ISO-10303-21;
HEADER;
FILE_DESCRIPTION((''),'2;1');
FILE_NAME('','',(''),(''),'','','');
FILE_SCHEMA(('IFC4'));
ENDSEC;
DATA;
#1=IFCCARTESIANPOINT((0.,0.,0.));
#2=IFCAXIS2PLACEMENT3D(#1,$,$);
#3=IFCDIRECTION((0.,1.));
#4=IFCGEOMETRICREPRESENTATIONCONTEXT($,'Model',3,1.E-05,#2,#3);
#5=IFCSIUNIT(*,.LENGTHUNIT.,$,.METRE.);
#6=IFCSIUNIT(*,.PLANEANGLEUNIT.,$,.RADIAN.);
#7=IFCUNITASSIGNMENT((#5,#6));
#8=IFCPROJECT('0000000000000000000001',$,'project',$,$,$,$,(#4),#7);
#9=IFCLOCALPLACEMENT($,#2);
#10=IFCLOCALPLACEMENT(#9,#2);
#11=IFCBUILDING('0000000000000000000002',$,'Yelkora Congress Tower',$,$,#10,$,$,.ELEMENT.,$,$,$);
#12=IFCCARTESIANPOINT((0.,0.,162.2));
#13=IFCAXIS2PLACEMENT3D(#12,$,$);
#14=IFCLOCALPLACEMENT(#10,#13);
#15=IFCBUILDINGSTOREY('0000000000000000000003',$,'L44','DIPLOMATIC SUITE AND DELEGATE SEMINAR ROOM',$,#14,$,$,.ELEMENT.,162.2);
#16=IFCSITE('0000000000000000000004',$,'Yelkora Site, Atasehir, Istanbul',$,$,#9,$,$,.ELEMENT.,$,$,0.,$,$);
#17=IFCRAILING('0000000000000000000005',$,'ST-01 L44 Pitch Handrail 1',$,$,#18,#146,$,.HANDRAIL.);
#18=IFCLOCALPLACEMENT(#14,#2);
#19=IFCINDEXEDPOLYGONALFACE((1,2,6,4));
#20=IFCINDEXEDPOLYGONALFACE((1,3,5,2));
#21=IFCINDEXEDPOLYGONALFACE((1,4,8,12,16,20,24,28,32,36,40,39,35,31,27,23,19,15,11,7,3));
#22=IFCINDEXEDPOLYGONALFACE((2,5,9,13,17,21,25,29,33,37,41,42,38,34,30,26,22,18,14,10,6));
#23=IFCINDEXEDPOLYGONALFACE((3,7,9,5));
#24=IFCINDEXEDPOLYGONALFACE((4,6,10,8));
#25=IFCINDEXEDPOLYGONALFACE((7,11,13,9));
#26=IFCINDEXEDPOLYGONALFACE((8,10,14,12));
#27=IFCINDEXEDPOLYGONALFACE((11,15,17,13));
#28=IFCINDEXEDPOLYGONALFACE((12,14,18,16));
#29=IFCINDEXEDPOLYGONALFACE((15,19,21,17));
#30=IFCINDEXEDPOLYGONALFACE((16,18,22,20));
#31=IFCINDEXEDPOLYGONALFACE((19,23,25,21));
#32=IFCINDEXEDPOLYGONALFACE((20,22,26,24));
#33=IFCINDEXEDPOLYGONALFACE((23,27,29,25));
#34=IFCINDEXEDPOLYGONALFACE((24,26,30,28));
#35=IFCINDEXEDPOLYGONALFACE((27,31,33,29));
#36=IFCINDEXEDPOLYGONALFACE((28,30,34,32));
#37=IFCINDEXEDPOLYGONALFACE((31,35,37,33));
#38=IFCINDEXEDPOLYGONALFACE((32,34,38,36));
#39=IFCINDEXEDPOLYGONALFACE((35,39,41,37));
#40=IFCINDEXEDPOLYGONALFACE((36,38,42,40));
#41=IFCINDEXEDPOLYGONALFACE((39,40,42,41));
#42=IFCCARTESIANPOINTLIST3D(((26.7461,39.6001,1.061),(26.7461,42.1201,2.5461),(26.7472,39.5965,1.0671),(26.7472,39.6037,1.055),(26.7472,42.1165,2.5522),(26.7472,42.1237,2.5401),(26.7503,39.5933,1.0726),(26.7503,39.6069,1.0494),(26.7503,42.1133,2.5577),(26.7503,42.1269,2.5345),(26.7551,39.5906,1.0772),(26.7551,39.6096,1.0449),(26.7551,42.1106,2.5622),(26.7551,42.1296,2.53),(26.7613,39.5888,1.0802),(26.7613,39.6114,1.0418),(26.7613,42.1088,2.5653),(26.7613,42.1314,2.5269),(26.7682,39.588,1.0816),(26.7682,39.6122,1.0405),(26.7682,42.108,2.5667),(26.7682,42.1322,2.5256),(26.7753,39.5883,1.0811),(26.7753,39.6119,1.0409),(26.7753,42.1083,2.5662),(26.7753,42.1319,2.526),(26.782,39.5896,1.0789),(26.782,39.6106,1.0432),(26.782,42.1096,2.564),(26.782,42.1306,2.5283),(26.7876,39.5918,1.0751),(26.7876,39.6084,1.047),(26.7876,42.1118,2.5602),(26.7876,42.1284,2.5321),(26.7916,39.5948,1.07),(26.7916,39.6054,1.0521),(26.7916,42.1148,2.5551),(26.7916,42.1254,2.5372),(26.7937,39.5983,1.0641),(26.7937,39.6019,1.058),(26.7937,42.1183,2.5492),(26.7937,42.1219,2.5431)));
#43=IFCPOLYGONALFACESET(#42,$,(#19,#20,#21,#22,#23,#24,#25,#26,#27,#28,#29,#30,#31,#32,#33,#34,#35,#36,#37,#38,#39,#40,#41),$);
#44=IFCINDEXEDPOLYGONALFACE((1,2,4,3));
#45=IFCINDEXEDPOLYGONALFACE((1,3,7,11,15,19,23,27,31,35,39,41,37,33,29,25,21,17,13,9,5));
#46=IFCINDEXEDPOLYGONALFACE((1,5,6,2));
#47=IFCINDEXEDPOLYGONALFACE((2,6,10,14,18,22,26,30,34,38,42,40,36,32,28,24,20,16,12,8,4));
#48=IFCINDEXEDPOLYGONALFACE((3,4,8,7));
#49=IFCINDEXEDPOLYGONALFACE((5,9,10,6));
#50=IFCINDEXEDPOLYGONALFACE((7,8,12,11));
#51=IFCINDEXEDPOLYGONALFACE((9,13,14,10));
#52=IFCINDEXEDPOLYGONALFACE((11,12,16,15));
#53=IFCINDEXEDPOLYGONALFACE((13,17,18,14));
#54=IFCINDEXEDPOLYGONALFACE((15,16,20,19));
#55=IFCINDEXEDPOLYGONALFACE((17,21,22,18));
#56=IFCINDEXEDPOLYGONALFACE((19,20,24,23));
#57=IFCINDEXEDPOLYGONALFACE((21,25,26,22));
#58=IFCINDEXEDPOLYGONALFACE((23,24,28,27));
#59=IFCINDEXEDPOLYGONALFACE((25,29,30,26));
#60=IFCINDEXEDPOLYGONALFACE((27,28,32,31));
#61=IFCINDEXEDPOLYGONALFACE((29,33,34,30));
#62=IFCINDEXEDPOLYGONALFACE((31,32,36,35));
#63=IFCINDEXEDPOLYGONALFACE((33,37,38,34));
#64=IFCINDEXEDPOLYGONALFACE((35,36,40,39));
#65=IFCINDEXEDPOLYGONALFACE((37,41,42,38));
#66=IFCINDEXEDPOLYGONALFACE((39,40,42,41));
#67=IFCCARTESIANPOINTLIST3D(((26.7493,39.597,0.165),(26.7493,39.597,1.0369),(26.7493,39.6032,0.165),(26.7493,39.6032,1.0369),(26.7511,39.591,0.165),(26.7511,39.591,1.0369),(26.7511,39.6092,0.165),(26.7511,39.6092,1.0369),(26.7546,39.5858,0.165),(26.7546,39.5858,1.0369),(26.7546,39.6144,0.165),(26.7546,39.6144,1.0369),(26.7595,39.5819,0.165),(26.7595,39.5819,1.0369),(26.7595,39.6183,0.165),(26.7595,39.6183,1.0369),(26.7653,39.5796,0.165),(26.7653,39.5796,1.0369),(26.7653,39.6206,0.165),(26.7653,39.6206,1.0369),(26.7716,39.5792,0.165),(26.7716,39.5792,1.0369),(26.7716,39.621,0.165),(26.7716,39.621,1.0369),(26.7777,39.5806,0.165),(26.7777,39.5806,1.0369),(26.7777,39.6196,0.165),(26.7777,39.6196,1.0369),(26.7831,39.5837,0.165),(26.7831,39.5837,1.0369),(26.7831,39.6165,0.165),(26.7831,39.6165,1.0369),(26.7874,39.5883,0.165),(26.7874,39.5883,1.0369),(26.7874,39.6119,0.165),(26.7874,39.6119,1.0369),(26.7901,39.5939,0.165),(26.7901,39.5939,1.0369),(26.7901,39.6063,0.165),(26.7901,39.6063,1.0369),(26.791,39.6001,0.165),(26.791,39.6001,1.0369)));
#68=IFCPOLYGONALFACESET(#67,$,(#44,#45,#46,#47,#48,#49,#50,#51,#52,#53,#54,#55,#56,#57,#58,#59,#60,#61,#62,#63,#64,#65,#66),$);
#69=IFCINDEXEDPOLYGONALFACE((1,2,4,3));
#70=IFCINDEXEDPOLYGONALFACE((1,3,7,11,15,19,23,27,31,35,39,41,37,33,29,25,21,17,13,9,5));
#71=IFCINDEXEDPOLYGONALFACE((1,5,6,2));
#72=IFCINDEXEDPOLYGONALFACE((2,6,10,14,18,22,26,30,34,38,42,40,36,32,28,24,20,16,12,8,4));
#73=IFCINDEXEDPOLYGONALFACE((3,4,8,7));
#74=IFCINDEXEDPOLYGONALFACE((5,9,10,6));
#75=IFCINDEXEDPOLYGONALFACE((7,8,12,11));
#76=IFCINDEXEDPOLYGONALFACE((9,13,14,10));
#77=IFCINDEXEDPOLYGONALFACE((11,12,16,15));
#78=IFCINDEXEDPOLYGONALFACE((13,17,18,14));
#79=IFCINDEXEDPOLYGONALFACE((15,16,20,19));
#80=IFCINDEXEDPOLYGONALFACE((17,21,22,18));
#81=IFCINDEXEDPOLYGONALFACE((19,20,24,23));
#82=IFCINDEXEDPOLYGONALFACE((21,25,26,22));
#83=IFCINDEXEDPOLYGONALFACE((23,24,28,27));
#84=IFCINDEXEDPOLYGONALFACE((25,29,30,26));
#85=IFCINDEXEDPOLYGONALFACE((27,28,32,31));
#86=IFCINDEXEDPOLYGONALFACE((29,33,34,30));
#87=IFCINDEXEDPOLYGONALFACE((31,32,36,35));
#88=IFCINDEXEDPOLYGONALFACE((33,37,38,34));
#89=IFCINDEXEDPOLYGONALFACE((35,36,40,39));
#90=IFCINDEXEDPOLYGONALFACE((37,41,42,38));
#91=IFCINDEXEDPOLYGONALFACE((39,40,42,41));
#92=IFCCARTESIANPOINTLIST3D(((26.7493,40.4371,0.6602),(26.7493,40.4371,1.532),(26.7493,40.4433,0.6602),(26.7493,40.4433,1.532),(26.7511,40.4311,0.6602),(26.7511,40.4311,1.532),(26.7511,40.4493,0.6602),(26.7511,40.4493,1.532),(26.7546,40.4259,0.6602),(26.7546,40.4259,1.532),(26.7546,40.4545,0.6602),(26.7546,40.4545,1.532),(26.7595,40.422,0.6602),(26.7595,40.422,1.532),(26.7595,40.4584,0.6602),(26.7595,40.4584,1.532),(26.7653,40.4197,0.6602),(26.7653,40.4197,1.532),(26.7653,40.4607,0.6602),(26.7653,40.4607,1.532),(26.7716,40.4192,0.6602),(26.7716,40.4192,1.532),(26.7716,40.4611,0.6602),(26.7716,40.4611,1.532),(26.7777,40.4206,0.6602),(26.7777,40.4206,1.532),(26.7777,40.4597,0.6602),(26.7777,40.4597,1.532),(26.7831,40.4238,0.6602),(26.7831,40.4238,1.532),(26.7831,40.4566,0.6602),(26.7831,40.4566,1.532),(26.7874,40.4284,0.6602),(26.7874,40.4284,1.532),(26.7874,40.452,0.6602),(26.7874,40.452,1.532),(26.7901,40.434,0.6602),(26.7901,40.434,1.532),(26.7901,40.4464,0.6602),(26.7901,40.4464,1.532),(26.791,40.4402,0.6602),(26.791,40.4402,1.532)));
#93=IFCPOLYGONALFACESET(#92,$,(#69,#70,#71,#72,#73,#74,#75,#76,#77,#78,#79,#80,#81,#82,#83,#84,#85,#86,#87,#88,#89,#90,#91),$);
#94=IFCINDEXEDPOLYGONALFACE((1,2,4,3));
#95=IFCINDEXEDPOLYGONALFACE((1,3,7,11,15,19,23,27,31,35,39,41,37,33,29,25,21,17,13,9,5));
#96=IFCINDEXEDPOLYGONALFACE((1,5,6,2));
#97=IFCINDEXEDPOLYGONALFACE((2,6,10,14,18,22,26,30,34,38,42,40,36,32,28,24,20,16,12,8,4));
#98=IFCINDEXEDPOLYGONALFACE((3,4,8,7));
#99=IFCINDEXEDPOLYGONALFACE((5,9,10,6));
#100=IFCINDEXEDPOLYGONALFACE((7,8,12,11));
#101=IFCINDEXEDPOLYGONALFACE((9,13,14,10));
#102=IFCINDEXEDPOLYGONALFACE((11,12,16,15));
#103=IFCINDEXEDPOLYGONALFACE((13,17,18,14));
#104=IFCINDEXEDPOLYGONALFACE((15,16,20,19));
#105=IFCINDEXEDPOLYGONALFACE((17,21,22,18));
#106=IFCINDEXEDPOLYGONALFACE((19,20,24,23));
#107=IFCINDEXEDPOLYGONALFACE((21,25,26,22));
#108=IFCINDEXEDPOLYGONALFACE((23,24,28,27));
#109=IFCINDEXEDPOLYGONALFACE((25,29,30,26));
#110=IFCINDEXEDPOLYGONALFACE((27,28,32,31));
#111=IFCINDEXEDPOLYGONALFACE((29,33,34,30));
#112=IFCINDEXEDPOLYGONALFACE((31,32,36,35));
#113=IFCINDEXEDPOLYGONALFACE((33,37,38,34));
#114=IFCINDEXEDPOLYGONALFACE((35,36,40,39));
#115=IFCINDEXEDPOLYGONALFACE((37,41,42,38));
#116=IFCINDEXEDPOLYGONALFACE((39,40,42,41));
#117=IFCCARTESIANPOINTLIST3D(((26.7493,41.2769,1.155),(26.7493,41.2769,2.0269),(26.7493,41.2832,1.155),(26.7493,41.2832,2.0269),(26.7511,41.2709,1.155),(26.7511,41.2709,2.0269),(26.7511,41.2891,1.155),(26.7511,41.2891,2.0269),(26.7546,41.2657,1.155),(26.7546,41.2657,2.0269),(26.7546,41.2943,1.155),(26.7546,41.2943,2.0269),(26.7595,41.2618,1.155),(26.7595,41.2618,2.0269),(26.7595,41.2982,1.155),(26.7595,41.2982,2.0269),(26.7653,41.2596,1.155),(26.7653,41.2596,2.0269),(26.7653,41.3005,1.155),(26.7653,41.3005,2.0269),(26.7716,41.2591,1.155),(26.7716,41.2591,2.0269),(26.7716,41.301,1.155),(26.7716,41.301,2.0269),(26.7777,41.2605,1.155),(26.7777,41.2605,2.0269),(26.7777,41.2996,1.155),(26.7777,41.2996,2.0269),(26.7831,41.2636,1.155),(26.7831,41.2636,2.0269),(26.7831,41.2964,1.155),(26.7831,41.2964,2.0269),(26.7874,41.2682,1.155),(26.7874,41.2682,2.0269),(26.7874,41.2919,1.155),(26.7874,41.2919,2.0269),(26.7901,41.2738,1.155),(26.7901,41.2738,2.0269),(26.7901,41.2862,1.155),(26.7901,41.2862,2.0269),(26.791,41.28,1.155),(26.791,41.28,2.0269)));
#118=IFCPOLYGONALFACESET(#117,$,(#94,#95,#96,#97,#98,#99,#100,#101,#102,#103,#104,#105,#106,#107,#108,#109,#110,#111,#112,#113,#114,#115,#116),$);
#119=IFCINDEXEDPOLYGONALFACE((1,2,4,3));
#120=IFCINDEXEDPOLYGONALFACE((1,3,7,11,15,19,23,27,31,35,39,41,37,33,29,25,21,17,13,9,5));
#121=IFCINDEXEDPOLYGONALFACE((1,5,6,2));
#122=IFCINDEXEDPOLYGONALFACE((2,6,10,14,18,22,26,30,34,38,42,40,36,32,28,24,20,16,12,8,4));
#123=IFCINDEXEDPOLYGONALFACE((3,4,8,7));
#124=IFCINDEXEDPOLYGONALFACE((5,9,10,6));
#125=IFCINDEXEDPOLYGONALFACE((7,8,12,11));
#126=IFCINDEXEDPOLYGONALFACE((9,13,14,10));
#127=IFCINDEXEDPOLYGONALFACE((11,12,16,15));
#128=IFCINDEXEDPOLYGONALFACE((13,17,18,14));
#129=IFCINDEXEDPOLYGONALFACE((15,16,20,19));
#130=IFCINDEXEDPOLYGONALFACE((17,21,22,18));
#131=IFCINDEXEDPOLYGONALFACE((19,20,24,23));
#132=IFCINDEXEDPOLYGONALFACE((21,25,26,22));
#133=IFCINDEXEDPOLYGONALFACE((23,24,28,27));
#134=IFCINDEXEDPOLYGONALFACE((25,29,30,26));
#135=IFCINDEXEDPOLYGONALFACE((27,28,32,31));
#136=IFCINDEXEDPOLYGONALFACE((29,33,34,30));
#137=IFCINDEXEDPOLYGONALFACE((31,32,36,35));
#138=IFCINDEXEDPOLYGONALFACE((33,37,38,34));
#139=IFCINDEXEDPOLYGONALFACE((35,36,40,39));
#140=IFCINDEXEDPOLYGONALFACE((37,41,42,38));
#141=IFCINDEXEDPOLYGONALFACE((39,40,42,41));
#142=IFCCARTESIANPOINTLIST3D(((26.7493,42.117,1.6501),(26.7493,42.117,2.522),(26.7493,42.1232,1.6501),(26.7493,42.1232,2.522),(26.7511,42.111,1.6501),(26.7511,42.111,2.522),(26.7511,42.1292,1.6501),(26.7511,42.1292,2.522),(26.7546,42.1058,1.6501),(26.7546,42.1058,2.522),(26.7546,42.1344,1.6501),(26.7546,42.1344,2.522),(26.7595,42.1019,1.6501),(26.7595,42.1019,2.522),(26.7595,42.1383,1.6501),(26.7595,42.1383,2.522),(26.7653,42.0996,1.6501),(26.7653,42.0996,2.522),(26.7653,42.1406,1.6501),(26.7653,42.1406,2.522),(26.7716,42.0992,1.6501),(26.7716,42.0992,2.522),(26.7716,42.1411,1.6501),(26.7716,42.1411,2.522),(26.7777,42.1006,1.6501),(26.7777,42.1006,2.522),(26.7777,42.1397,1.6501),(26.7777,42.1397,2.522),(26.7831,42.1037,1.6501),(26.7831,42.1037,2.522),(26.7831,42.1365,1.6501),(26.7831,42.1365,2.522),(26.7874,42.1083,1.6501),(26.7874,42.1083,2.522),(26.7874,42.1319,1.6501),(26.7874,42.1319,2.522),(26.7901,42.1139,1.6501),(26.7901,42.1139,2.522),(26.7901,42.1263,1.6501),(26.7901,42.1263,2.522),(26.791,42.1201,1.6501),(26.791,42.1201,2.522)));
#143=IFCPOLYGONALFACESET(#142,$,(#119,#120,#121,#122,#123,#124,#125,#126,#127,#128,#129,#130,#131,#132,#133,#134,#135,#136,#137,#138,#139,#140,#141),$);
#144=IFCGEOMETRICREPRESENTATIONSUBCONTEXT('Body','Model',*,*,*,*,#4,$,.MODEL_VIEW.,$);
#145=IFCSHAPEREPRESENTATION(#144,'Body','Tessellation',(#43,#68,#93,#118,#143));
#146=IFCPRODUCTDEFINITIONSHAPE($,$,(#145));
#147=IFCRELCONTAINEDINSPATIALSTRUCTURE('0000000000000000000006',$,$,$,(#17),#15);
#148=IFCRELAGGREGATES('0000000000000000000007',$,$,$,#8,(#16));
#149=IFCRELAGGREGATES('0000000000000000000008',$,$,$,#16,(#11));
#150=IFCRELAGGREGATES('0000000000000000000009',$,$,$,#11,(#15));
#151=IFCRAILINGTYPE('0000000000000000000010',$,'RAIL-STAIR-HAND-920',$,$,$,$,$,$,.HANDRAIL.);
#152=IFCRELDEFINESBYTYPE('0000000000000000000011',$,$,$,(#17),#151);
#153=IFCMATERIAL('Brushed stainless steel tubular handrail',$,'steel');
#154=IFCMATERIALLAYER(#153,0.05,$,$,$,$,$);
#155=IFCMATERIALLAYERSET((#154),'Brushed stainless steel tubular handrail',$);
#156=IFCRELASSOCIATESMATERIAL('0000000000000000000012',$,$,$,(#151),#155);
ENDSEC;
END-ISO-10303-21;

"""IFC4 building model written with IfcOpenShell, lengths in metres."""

from ifc_helpers import new_model, si_unit, direction, frame, origin, origin_2d, place, context, subcontext, project, spatial, circle, extrude, material, layer, layer_set, type_object, element, save


model = new_model("IFC4")

# Units and contexts
model_context = context("Model", 3, precision=1e-05, world=origin(), true_north=direction((0.0, 1.0)))
body_context = subcontext(model_context, "Body", "Model", "MODEL_VIEW")
ifc_project = project(units=[si_unit("LENGTHUNIT", "METRE"), si_unit("PLANEANGLEUNIT", "RADIAN")], contexts=[model_context])

# Site, building, storey
site_placement = place(None, origin())
site = spatial("IfcSite", under=ifc_project, at=site_placement, Name="Yelkora Site, Atasehir, Istanbul", CompositionType="ELEMENT", RefElevation=0.0)
building_placement = place(site_placement, origin())
building = spatial("IfcBuilding", under=site, at=building_placement, Name="Yelkora Congress Tower", CompositionType="ELEMENT")
storey_placement = place(building_placement, frame((0.0, 0.0, 162.2)))
storey = spatial("IfcBuildingStorey", under=building, at=storey_placement, Name="L44", Description="DIPLOMATIC SUITE AND DELEGATE SEMINAR ROOM", CompositionType="ELEMENT", Elevation=162.2)

# Railing
ifc_material_1 = material(Name="Brushed stainless steel tubular handrail", Category="steel")
ifc_layer_1 = layer(ifc_material_1, 0.05)
ifc_layer_set_1 = layer_set([ifc_layer_1], Name="Brushed stainless steel tubular handrail")
railing_type_1 = type_object("IfcRailingType", Name="RAIL-STAIR-HAND-920", PredefinedType="HANDRAIL", material=ifc_layer_set_1)
railing_1_placement = place(storey_placement, frame((26.77, 39.6001, 0.165)))
element("IfcRailing", 1, at=railing_1_placement, inside=storey, type_object=railing_type_1, Name="ST-01 L44 Pitch Handrail 1", PredefinedType="HANDRAIL", context=body_context, shape_type="SweptSolid", body=[
    extrude(circle(Radius=0.0239, at=origin_2d()), frame((0.0, 0.0, 0.896), z_axis=(0.0, 0.861524, 0.507717), x_axis=(-1.0, 0.0, 0.0)), (0.0, 0.0, 1.0), 2.925),
    extrude(circle(Radius=0.021, at=origin_2d()), origin(), (0.0, 0.0, 1.0), 0.8718),
    extrude(circle(Radius=0.021, at=origin_2d()), frame((0.0, 0.8401, 0.4951)), (0.0, 0.0, 1.0), 0.8718),
    extrude(circle(Radius=0.021, at=origin_2d()), frame((0.0, 1.6799, 0.99)), (0.0, 0.0, 1.0), 0.8718),
    extrude(circle(Radius=0.021, at=origin_2d()), frame((0.0, 2.52, 1.4851)), (0.0, 0.0, 1.0), 0.8718),
])

save(model, "model.ifc")
